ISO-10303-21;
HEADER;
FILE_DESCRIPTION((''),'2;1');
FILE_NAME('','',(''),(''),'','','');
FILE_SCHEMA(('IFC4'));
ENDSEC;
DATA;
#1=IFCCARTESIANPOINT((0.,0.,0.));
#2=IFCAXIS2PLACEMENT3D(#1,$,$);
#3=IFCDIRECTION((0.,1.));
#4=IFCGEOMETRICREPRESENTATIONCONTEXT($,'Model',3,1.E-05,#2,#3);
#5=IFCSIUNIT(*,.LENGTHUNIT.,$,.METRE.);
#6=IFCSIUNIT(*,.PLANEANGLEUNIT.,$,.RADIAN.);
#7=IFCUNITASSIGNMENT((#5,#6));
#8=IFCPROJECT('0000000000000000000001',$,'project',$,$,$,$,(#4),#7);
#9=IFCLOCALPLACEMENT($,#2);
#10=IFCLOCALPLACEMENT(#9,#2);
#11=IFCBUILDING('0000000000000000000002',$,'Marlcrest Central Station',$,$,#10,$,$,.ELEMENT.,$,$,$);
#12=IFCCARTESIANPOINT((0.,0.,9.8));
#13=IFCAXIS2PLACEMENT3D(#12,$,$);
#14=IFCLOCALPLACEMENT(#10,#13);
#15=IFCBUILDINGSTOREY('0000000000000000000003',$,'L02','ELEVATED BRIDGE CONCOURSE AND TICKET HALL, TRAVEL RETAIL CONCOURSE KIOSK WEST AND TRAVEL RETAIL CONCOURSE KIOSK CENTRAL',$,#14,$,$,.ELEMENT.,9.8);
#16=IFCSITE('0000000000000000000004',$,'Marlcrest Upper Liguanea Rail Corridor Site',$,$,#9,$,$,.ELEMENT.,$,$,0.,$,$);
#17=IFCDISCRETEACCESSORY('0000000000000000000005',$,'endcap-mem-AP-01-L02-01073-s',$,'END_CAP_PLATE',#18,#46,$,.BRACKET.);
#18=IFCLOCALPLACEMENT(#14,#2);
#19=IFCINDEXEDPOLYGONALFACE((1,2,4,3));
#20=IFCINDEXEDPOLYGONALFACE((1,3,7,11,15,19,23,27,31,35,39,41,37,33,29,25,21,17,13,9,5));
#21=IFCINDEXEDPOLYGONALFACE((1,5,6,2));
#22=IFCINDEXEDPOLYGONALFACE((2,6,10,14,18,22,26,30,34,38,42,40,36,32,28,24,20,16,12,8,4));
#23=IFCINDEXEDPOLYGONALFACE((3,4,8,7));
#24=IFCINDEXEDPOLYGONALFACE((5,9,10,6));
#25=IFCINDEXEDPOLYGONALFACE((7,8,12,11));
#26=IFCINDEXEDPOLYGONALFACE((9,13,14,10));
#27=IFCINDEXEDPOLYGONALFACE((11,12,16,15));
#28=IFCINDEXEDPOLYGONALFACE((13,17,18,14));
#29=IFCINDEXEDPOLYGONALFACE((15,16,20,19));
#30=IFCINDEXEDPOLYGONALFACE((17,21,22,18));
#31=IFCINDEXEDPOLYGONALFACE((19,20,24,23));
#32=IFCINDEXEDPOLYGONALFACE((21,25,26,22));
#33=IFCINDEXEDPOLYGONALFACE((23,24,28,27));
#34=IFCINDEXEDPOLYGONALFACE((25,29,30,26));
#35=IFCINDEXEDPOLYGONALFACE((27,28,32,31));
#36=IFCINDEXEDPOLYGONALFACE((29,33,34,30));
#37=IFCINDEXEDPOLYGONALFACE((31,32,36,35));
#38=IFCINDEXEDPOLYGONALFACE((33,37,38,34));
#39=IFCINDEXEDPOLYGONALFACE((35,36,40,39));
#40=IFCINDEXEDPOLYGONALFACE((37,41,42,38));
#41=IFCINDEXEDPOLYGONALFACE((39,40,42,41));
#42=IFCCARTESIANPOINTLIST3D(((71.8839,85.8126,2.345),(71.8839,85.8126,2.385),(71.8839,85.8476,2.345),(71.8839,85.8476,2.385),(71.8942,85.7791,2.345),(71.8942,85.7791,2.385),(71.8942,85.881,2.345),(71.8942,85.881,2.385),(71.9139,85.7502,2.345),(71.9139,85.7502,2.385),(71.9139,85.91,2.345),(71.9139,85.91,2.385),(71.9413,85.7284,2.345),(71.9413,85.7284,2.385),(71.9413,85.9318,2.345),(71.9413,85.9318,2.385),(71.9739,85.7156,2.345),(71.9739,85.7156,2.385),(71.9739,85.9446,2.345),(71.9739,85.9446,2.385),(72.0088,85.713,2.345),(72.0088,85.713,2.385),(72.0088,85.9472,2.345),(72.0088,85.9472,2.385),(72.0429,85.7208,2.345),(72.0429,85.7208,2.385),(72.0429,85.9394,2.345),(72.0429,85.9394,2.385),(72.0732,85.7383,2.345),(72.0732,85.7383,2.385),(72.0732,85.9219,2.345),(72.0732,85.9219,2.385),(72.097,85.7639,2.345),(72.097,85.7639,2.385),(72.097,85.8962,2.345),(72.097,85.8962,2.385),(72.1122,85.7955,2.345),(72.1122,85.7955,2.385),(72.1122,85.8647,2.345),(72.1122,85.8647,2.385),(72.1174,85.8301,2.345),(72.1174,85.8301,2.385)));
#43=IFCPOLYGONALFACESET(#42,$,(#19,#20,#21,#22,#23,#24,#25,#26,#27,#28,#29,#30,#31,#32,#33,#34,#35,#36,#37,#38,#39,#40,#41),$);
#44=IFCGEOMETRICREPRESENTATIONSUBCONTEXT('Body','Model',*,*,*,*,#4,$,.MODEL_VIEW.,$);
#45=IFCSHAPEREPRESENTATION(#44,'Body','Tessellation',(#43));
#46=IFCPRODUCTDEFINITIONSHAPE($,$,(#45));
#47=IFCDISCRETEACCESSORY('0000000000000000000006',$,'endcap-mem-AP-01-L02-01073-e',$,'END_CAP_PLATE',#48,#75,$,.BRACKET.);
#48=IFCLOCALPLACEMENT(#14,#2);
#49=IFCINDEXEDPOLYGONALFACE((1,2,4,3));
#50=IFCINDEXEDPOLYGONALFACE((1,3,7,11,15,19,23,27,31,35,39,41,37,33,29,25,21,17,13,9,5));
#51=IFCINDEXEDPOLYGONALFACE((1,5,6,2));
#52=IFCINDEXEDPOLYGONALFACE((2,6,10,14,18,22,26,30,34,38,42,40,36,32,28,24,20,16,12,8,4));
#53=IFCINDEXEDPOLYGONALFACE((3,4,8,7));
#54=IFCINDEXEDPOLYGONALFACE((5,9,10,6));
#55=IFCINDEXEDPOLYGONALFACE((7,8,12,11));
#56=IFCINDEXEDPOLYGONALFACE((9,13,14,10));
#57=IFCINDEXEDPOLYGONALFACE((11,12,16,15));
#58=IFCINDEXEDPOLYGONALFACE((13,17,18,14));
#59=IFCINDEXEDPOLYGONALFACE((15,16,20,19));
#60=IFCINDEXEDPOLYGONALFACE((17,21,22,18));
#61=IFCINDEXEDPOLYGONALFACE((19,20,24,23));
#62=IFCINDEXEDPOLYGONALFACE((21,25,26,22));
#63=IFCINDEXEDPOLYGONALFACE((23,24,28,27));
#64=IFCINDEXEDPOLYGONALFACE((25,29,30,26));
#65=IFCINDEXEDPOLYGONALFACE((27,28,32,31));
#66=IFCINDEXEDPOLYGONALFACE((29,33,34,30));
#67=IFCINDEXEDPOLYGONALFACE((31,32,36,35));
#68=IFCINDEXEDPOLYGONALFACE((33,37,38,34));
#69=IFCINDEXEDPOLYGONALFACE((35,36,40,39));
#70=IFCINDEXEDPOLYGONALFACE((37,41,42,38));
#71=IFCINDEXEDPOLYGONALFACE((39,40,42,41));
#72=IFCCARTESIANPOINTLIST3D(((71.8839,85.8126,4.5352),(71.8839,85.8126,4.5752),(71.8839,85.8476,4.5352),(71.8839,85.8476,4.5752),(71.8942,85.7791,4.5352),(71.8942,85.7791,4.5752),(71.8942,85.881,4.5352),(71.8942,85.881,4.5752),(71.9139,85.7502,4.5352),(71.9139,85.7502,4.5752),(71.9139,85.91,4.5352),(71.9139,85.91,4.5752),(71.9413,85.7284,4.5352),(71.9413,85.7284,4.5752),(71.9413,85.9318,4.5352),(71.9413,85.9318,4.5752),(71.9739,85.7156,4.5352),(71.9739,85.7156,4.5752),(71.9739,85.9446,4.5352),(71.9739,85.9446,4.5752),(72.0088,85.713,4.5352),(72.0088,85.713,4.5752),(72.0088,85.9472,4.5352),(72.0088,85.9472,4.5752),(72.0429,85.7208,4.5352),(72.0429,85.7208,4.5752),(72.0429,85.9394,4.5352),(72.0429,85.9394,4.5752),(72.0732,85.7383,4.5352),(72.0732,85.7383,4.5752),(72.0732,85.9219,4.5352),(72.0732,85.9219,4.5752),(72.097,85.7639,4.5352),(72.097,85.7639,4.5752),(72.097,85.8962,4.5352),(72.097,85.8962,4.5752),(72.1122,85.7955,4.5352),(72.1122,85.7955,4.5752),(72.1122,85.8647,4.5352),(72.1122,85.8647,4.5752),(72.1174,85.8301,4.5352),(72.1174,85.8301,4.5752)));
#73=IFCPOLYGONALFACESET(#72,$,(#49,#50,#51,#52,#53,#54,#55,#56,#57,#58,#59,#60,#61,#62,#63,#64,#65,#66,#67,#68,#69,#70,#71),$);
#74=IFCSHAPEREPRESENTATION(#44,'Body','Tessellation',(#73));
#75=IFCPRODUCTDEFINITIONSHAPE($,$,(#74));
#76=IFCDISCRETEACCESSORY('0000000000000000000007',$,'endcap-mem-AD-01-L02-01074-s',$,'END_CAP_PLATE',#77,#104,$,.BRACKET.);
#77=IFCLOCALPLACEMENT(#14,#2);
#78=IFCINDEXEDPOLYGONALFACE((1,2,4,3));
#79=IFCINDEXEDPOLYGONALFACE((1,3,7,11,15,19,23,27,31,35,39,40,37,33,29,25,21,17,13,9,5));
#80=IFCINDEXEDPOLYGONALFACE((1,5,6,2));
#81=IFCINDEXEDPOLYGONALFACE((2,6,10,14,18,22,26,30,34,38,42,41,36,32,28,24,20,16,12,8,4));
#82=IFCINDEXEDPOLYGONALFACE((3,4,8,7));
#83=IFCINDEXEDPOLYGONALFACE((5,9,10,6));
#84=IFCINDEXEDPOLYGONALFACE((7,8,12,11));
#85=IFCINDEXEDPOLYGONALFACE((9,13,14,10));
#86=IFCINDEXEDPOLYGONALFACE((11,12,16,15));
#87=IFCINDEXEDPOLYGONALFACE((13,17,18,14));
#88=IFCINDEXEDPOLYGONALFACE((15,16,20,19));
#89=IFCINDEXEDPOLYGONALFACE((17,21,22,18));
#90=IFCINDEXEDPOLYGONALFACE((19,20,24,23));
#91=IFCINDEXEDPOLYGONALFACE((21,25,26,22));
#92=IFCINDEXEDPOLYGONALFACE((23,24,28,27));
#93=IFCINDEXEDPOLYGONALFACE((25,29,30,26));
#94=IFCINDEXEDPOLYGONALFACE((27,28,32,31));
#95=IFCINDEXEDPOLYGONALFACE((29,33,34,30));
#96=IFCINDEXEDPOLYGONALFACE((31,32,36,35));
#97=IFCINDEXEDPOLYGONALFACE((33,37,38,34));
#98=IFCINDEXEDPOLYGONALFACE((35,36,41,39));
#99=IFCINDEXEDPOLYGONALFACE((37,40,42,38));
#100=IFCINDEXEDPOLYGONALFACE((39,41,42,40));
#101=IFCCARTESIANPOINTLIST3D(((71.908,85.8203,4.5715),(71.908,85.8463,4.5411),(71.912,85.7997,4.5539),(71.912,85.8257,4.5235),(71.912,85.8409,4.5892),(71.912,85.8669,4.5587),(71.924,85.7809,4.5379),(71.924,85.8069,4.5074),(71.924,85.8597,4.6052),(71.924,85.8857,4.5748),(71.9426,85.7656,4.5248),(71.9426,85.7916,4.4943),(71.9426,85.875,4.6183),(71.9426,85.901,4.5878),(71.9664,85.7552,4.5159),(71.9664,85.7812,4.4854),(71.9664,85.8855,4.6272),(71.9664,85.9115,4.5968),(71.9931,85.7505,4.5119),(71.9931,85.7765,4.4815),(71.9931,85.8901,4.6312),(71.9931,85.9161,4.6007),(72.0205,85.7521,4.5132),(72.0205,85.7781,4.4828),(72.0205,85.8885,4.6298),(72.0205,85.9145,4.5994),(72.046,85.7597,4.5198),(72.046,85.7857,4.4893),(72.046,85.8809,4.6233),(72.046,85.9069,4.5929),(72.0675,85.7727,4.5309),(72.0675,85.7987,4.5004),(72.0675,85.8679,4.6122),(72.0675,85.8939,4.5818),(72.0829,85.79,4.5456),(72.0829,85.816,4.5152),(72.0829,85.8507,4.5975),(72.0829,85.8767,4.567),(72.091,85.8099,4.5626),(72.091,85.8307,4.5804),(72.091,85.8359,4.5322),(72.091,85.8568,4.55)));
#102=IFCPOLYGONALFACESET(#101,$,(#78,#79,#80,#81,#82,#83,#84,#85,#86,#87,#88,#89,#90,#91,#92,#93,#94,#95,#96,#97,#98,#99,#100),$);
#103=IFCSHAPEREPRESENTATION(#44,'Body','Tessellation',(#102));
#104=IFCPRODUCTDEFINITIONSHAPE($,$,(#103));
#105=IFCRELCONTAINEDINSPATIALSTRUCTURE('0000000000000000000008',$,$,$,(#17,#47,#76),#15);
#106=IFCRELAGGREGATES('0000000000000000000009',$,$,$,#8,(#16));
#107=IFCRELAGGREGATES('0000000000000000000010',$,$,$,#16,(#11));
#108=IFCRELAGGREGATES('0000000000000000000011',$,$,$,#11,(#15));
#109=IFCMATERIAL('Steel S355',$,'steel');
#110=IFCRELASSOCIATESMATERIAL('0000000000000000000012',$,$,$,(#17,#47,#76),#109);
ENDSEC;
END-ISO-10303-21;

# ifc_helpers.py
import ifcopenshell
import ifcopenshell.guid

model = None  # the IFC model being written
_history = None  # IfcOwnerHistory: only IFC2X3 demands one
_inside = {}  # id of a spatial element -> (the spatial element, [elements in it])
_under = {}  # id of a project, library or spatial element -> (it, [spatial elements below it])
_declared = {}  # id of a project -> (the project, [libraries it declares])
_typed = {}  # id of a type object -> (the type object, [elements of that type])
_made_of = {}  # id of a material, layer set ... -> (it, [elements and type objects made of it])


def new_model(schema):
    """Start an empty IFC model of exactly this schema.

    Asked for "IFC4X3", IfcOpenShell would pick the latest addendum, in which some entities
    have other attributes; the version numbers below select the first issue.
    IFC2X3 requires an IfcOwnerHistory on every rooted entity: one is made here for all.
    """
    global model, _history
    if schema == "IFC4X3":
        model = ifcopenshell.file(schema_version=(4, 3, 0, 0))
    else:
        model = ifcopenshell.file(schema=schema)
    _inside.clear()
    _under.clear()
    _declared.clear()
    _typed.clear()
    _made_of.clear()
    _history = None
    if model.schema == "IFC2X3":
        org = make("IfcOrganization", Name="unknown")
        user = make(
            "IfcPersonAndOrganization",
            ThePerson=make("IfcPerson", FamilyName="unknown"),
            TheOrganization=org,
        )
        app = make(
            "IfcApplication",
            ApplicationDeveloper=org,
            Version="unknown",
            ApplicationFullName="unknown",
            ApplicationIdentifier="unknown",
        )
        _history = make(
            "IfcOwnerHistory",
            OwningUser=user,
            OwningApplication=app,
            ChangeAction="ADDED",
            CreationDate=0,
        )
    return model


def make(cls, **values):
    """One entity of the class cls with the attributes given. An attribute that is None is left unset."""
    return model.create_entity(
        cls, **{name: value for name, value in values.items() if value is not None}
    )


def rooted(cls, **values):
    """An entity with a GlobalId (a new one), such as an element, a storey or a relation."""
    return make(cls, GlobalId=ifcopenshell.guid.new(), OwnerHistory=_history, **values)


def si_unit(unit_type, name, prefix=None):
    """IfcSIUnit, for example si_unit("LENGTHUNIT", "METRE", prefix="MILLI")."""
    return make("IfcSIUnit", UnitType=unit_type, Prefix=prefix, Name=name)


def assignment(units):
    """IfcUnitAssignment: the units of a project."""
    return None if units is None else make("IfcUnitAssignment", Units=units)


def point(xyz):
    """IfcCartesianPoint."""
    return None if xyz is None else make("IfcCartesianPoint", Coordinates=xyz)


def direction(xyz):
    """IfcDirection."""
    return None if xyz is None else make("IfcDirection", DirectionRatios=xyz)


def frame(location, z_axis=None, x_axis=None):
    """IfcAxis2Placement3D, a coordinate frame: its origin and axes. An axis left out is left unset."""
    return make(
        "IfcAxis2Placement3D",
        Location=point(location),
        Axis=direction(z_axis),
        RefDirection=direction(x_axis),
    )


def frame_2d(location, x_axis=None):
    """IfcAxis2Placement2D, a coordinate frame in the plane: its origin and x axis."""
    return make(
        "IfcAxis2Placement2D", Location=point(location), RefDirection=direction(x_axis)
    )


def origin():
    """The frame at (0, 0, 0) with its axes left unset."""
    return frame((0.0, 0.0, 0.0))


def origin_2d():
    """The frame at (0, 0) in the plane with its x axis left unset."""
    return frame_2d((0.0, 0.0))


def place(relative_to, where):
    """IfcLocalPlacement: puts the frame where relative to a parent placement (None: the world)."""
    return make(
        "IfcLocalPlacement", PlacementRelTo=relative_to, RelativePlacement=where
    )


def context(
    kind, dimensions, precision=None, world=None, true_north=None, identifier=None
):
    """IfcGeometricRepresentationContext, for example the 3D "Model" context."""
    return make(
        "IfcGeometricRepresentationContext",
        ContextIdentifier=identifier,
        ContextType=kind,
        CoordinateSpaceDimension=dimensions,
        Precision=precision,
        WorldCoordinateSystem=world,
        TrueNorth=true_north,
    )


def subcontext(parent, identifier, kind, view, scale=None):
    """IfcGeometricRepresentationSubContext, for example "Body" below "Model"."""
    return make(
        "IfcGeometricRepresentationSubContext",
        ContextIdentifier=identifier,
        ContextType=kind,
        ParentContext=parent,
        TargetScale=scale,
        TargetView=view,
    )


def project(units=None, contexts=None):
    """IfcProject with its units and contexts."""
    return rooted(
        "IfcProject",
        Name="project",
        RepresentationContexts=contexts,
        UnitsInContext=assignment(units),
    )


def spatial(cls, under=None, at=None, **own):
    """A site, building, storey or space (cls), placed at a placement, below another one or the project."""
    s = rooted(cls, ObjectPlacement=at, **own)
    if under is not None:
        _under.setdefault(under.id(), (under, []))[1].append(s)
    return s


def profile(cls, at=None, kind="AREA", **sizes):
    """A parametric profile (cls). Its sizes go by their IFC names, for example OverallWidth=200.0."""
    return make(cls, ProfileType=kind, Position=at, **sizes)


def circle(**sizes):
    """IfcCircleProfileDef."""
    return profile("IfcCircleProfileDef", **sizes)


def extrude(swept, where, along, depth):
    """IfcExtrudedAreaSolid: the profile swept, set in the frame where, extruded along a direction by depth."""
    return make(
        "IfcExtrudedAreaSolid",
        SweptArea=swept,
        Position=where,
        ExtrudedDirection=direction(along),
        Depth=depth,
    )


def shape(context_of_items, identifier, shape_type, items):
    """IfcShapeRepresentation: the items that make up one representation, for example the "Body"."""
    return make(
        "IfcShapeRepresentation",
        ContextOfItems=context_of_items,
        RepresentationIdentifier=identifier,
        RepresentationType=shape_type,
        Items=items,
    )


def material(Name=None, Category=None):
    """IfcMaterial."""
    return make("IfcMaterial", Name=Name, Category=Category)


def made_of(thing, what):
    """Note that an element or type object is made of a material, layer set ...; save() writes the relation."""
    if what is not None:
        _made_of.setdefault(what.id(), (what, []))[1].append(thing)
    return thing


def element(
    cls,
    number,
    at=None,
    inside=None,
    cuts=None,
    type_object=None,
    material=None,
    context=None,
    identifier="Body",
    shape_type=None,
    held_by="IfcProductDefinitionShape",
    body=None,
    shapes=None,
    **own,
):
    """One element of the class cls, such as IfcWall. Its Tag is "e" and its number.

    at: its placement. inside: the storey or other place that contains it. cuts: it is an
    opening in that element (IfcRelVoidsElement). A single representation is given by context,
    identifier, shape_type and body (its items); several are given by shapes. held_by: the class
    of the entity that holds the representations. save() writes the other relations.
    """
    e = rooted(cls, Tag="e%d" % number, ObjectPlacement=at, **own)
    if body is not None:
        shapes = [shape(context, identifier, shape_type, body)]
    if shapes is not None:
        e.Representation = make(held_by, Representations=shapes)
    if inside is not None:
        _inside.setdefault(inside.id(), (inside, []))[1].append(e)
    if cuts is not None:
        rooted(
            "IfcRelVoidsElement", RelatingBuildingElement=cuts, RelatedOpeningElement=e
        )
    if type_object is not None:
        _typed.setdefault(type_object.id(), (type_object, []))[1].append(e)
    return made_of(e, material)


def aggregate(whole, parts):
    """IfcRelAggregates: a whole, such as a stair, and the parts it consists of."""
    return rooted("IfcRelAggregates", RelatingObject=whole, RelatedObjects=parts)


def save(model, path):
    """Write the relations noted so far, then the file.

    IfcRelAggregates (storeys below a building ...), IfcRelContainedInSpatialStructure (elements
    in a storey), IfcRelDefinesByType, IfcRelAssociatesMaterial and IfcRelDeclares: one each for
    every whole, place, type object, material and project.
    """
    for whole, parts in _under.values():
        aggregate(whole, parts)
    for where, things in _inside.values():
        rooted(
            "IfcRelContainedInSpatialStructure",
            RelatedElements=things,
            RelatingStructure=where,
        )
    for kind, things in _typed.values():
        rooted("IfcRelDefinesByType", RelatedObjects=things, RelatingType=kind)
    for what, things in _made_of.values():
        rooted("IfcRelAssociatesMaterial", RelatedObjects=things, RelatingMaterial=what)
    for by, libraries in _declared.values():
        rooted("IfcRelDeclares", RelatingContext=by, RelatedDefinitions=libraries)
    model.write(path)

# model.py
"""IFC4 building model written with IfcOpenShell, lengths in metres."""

from ifc_helpers import new_model, si_unit, direction, frame, origin, origin_2d, place, context, subcontext, project, spatial, circle, extrude, material, element, save


model = new_model("IFC4")

# Units and contexts
model_context = context("Model", 3, precision=1e-05, world=origin(), true_north=direction((0.0, 1.0)))
body_context = subcontext(model_context, "Body", "Model", "MODEL_VIEW")
ifc_project = project(units=[si_unit("LENGTHUNIT", "METRE"), si_unit("PLANEANGLEUNIT", "RADIAN")], contexts=[model_context])

# Site, building, storey
site_placement = place(None, origin())
site = spatial("IfcSite", under=ifc_project, at=site_placement, Name="Marlcrest Upper Liguanea Rail Corridor Site", CompositionType="ELEMENT", RefElevation=0.0)
building_placement = place(site_placement, origin())
building = spatial("IfcBuilding", under=site, at=building_placement, Name="Marlcrest Central Station", CompositionType="ELEMENT")
storey_placement = place(building_placement, frame((0.0, 0.0, 9.8)))
storey = spatial("IfcBuildingStorey", under=building, at=storey_placement, Name="L02", Description="ELEVATED BRIDGE CONCOURSE AND TICKET HALL, TRAVEL RETAIL CONCOURSE KIOSK WEST AND TRAVEL RETAIL CONCOURSE KIOSK CENTRAL", CompositionType="ELEMENT", Elevation=9.8)

# Shared definitions
ifc_material_1 = material(Name="Steel S355", Category="steel")

# Discrete accessories
for number, where, z_axis, x_axis, name in (
    (1, (72.0, 85.8301, 2.345), (0.0, 0.0, 1.0), (1.0, 0.0, 0.0), "endcap-mem-AP-01-L02-01073-s"),
    (2, (72.0, 85.8301, 4.5352), (0.0, 0.0, 1.0), (1.0, 0.0, 0.0), "endcap-mem-AP-01-L02-01073-e"),
):
    element("IfcDiscreteAccessory", number, at=place(storey_placement, frame(where, z_axis=z_axis, x_axis=x_axis)), inside=storey, material=ifc_material_1, Name=name, ObjectType="END_CAP_PLATE", PredefinedType="BRACKET", context=body_context, shape_type="SweptSolid", body=[
        extrude(circle(Radius=0.1174, at=origin_2d()), origin(), (0.0, 0.0, 1.0), 0.04),
    ])
discrete_accessory_placement = place(storey_placement, frame((72.0, 85.8203, 4.5715), z_axis=(0.0, 0.649625, -0.760255), x_axis=(-1.0, 0.0, 0.0)))
element("IfcDiscreteAccessory", 3, at=discrete_accessory_placement, inside=storey, material=ifc_material_1, Name="endcap-mem-AD-01-L02-01074-s", ObjectType="END_CAP_PLATE", PredefinedType="BRACKET", context=body_context, shape_type="SweptSolid", body=[
    extrude(circle(Radius=0.092, at=origin_2d()), origin(), (0.0, 0.0, 1.0), 0.04),
])

save(model, "model.ifc")
